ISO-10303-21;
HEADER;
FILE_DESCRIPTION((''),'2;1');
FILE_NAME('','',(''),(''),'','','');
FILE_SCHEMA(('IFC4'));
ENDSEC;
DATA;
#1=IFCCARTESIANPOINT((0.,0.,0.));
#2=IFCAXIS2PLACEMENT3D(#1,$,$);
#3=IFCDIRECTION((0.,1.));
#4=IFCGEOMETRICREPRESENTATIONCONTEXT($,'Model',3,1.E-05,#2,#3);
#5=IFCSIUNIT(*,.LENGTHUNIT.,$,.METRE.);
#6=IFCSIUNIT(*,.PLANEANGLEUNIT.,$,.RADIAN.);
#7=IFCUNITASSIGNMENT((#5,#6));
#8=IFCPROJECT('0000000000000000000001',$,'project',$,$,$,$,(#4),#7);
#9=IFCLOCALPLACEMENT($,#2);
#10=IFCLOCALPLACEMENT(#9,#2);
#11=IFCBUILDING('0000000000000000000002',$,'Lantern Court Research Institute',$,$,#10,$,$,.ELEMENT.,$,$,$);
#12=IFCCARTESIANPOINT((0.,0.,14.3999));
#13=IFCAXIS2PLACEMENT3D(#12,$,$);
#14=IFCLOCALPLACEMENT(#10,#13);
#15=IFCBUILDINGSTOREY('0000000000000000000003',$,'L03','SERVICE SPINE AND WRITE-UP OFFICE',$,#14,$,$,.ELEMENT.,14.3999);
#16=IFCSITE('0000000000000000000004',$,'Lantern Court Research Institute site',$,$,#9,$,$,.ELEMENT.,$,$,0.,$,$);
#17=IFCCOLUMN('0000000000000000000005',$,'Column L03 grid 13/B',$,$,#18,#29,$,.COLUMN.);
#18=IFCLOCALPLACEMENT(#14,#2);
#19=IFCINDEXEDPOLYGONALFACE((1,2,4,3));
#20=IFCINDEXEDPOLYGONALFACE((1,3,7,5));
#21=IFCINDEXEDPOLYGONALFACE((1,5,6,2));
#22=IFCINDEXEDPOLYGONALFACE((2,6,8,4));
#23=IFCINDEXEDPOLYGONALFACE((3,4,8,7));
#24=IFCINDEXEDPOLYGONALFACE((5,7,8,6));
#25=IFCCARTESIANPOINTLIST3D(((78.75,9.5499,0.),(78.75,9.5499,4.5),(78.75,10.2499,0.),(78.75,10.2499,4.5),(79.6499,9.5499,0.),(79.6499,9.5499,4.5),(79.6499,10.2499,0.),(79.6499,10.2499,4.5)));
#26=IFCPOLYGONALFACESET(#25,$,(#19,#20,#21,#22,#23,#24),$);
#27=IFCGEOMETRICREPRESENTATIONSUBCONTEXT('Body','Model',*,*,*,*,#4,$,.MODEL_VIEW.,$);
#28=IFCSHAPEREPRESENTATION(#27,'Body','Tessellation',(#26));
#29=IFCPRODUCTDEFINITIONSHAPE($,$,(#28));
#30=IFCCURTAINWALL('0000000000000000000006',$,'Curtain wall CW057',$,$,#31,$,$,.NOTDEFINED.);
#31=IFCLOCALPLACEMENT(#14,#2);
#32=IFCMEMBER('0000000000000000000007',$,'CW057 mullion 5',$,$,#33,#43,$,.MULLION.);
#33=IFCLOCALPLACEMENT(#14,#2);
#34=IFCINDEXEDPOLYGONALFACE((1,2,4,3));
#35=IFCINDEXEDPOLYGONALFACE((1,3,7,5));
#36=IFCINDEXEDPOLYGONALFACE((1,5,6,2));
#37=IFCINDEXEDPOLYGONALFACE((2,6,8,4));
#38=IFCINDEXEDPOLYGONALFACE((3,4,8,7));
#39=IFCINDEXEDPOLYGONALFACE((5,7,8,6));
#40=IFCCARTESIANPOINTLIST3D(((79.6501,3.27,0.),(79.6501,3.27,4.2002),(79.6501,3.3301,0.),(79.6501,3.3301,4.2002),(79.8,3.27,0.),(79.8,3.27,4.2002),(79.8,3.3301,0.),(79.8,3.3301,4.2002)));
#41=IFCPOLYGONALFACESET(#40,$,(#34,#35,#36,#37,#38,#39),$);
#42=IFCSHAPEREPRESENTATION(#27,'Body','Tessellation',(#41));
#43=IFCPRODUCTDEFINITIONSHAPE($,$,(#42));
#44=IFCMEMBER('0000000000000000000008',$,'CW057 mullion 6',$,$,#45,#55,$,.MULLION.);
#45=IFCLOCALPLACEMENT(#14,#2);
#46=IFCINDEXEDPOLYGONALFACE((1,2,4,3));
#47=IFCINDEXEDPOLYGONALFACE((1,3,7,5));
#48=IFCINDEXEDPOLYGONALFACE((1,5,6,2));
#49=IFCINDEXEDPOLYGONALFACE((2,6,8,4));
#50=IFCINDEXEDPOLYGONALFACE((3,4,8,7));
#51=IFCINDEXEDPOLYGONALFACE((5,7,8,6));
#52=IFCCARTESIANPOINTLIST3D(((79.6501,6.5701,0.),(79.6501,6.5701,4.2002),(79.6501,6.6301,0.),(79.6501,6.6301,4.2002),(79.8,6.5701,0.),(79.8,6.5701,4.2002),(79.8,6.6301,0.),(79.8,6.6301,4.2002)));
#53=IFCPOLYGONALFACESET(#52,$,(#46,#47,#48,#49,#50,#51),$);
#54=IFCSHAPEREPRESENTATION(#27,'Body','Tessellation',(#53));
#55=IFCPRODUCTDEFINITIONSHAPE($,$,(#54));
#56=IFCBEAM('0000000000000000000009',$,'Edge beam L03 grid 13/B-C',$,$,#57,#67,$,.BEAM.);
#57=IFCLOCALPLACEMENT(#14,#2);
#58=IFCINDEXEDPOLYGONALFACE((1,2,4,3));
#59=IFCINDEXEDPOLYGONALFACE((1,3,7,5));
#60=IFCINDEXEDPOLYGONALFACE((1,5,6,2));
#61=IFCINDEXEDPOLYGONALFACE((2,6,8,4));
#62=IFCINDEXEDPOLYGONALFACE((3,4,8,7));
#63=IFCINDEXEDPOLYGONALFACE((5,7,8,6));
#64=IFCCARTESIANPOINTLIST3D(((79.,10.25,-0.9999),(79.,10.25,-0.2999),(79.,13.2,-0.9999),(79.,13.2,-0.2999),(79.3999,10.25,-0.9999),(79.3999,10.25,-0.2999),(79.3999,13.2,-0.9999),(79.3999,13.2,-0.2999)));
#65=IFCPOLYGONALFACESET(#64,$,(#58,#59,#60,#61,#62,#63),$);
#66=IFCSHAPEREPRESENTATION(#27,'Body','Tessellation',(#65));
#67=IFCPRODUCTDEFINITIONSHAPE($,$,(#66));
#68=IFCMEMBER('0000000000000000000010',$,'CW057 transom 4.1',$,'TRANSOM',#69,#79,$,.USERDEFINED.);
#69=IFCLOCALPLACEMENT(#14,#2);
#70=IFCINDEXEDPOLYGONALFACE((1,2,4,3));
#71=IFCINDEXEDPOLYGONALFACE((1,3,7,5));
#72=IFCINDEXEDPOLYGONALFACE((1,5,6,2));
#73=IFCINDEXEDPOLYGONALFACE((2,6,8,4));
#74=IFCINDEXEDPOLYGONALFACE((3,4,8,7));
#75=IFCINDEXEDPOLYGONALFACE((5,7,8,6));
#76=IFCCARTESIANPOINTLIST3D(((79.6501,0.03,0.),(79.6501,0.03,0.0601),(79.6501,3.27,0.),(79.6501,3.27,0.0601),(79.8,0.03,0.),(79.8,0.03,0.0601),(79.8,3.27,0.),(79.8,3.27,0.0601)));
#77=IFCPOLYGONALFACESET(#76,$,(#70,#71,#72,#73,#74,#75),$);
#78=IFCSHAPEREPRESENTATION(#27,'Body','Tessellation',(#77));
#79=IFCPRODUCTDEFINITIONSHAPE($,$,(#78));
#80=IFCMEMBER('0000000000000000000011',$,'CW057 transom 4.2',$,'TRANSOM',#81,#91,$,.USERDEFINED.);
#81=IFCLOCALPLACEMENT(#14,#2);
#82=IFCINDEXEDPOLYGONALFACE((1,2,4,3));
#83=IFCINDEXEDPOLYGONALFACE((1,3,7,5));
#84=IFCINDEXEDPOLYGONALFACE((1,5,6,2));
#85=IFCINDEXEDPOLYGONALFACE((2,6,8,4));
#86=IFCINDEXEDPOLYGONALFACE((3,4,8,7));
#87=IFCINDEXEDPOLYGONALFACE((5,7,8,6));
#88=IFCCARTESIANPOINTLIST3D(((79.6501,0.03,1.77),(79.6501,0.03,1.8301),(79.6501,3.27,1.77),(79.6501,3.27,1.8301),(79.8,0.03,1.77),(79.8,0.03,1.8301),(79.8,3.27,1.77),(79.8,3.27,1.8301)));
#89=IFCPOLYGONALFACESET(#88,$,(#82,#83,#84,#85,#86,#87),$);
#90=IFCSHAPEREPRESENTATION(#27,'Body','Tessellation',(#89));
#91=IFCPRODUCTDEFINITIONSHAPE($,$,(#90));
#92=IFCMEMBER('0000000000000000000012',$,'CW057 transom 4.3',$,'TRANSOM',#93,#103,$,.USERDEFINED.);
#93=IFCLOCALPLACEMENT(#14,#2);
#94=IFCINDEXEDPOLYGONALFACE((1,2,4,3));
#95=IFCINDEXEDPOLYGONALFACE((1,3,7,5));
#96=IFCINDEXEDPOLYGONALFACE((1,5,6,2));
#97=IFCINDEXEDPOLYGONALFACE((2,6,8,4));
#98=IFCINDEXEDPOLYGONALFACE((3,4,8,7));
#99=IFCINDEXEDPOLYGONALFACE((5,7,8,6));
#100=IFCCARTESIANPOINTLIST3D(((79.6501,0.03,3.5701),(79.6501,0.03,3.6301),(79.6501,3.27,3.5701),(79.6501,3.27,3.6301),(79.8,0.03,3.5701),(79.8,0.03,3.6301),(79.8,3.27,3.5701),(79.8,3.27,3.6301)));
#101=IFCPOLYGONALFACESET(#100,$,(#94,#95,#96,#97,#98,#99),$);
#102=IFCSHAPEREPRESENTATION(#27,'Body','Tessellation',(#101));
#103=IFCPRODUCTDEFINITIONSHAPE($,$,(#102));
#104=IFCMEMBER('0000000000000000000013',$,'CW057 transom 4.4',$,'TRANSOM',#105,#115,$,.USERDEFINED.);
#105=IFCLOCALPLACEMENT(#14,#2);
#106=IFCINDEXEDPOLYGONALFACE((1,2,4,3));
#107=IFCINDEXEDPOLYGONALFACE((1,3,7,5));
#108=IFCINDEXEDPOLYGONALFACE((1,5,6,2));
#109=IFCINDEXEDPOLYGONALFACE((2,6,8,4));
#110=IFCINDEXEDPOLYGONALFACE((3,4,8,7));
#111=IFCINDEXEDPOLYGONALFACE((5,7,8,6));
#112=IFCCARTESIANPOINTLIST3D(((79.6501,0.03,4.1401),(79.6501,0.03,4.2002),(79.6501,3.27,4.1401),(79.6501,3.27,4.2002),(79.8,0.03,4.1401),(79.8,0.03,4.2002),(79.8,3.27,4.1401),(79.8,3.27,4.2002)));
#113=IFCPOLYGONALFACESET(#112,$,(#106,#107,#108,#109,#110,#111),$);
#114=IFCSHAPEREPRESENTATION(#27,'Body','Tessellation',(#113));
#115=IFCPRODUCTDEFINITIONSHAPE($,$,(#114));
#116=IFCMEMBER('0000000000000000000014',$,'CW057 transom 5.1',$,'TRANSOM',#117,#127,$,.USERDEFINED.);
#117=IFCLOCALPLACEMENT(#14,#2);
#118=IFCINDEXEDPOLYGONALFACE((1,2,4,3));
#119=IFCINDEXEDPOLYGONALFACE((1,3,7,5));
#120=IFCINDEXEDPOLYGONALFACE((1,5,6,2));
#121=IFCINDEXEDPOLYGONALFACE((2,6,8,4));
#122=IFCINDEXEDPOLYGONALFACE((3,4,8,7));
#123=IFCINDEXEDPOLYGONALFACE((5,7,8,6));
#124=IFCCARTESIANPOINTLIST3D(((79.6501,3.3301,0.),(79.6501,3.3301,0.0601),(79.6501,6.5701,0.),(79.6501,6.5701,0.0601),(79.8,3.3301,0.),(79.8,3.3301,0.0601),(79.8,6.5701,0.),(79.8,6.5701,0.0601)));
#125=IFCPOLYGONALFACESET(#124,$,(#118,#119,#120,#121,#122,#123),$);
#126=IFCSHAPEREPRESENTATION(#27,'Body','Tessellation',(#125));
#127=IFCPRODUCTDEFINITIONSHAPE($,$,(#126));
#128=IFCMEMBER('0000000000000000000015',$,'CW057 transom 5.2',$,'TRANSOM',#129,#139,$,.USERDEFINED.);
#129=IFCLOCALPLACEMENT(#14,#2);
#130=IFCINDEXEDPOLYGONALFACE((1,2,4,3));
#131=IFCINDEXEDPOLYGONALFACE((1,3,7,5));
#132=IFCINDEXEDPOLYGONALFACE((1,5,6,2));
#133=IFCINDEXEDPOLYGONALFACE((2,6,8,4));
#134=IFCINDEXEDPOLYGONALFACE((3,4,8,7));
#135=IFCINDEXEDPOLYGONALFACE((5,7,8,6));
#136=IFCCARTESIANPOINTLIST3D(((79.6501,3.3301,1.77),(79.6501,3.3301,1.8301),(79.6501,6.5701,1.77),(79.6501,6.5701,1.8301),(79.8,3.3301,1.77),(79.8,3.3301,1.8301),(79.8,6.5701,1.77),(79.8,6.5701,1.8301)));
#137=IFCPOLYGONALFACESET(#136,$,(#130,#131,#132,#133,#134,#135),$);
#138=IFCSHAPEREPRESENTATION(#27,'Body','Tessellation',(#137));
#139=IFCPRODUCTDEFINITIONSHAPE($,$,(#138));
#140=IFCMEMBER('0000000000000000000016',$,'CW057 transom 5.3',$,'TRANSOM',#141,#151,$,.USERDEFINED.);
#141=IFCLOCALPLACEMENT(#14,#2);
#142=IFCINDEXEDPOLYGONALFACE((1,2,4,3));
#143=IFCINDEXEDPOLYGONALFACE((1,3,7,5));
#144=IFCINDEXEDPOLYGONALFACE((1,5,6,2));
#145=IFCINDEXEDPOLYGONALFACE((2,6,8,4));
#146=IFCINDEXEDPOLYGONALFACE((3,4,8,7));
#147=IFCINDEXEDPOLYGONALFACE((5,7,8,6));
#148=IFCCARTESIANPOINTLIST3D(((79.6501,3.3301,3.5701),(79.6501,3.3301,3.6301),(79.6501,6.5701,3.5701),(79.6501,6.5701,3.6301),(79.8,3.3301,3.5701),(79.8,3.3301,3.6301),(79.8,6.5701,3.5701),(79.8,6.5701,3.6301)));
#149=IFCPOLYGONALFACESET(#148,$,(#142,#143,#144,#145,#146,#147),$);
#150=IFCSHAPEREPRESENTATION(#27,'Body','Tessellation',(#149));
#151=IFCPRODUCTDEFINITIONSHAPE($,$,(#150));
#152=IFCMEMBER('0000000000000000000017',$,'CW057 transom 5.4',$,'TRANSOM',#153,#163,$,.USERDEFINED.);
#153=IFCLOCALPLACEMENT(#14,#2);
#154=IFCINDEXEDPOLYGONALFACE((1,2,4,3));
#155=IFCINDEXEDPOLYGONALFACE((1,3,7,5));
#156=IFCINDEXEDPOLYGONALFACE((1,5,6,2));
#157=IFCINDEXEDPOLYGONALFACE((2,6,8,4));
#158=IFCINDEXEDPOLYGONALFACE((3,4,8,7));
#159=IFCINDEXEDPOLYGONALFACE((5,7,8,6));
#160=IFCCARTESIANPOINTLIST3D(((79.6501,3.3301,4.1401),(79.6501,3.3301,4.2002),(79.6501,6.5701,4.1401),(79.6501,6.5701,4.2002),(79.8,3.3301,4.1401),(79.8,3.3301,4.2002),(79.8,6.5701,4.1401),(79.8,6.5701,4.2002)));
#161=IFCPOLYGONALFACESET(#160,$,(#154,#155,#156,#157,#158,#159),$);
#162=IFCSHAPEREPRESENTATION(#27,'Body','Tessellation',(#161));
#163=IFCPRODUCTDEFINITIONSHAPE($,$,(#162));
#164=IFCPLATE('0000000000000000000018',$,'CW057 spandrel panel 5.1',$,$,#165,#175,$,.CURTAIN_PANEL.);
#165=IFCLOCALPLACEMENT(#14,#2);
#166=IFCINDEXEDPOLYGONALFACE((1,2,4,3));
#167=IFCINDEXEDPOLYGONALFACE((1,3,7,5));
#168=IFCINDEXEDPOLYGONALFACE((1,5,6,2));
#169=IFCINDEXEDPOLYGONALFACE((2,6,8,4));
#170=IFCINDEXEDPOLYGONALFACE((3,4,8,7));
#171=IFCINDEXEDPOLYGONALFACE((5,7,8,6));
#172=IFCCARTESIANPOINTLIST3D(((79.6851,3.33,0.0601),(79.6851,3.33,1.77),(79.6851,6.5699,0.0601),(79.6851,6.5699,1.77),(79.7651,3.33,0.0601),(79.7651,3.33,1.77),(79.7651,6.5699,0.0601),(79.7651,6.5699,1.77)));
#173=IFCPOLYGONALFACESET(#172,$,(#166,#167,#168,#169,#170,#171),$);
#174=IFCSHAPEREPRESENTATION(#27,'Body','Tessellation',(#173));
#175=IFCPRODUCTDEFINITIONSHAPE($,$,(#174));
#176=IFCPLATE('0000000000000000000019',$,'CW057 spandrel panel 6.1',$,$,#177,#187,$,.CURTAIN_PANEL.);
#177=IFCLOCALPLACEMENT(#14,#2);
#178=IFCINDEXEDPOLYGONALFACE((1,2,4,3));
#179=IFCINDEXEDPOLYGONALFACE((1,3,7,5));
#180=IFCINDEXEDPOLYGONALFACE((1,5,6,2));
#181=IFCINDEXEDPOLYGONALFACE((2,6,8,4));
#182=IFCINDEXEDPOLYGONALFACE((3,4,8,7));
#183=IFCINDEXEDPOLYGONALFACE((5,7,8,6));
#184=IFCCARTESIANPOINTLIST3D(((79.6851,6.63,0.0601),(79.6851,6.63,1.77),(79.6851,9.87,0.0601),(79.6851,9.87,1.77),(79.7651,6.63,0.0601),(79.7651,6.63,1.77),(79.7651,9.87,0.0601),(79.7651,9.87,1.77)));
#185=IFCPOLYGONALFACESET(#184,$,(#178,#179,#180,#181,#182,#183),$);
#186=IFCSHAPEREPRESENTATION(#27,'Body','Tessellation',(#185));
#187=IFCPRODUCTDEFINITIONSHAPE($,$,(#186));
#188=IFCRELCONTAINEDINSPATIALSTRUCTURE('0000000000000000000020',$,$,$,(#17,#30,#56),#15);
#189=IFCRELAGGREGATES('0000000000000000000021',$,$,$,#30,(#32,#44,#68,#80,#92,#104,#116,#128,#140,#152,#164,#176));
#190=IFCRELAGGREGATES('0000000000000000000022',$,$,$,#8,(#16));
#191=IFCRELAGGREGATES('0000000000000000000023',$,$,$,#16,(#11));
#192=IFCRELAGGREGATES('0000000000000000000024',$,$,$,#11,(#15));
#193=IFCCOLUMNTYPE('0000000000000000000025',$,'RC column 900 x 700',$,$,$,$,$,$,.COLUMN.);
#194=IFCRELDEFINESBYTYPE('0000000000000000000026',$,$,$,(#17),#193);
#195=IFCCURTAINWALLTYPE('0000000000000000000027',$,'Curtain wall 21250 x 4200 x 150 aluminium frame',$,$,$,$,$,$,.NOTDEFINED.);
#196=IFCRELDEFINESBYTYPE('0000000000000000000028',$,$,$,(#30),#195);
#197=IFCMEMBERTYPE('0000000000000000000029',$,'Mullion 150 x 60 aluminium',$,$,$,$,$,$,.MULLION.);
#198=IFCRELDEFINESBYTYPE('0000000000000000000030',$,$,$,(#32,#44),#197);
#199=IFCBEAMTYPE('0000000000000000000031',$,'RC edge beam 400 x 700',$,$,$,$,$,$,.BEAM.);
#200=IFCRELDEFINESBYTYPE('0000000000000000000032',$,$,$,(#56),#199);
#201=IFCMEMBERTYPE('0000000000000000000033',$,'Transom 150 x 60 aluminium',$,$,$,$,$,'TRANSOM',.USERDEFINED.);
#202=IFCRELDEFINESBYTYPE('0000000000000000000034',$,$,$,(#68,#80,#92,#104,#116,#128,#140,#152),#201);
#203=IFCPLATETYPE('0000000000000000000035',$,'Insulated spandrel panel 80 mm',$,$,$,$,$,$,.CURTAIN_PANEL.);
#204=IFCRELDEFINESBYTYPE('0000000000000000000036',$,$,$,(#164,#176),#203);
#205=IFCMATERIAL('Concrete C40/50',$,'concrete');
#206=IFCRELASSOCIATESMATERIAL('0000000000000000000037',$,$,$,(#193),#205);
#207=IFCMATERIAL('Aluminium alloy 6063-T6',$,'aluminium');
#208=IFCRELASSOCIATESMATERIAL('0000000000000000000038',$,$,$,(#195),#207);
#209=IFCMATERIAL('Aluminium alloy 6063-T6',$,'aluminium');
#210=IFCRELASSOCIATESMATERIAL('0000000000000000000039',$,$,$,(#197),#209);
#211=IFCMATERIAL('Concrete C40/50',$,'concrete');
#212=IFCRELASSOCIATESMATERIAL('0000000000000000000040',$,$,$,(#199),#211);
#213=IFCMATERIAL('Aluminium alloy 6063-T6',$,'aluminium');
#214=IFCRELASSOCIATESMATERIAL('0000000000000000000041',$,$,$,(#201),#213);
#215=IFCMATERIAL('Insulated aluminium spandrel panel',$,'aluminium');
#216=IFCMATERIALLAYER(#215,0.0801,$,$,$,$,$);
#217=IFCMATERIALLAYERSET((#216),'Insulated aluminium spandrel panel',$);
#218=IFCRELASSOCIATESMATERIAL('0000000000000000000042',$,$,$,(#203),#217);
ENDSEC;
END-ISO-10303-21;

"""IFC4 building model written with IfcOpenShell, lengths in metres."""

from ifc_helpers import new_model, si_unit, direction, frame, origin, origin_2d, place, context, subcontext, project, spatial, rectangle, extrude, material, layer, layer_set, material_profile, profile_set, type_object, element, aggregate, save


model = new_model("IFC4")

# Units and contexts
model_context = context("Model", 3, precision=1e-05, world=origin(), true_north=direction((0.0, 1.0)))
body_context = subcontext(model_context, "Body", "Model", "MODEL_VIEW")
ifc_project = project(units=[si_unit("LENGTHUNIT", "METRE"), si_unit("PLANEANGLEUNIT", "RADIAN")], contexts=[model_context])

# Site, building, storey
site_placement = place(None, origin())
site = spatial("IfcSite", under=ifc_project, at=site_placement, Name="Lantern Court Research Institute site", CompositionType="ELEMENT", RefElevation=0.0)
building_placement = place(site_placement, origin())
building = spatial("IfcBuilding", under=site, at=building_placement, Name="Lantern Court Research Institute", CompositionType="ELEMENT")
storey_placement = place(building_placement, frame((0.0, 0.0, 14.3999)))
storey = spatial("IfcBuildingStorey", under=building, at=storey_placement, Name="L03", Description="SERVICE SPINE AND WRITE-UP OFFICE", CompositionType="ELEMENT", Elevation=14.3999)

# Column
ifc_material_1 = material(Name="Concrete C40/50", Category="concrete")
ifc_material_profile_1 = material_profile(ifc_material_1, rectangle(XDim=0.8999, YDim=0.7, at=origin_2d()), Name="RC column 900 x 700")
ifc_profile_set_1 = profile_set([ifc_material_profile_1], Name="Concrete C40/50")
column_type = type_object("IfcColumnType", Name="RC column 900 x 700", PredefinedType="COLUMN", material=ifc_profile_set_1)
column_placement = place(storey_placement, frame((79.2, 9.8999, 0.0), z_axis=(0.0, 0.0, 1.0), x_axis=(1.0, 0.0, 0.0)))
element("IfcColumn", 1, at=column_placement, inside=storey, type_object=column_type, Name="Column L03 grid 13/B", PredefinedType="COLUMN", context=body_context, shape_type="SweptSolid", body=[
    extrude(rectangle(XDim=0.8999, YDim=0.7, at=origin_2d()), origin(), (0.0, 0.0, 1.0), 4.5),
])

# Curtain wall, members
ifc_material_2 = material(Name="Aluminium alloy 6063-T6", Category="aluminium")
curtain_wall_type = type_object("IfcCurtainWallType", Name="Curtain wall 21250 x 4200 x 150 aluminium frame", PredefinedType="NOTDEFINED", material=ifc_material_2)
curtain_wall_placement = place(storey_placement, origin())
curtain_wall = element("IfcCurtainWall", 2, at=curtain_wall_placement, inside=storey, type_object=curtain_wall_type, Name="Curtain wall CW057", PredefinedType="NOTDEFINED")
ifc_material_3 = material(Name="Aluminium alloy 6063-T6", Category="aluminium")
ifc_material_profile_2 = material_profile(ifc_material_3, rectangle(XDim=0.1499, YDim=0.0601, at=origin_2d()), Name="Mullion 150 x 60")
ifc_profile_set_2 = profile_set([ifc_material_profile_2], Name="Aluminium alloy 6063-T6")
member_type_1 = type_object("IfcMemberType", Name="Mullion 150 x 60 aluminium", PredefinedType="MULLION", material=ifc_profile_set_2)
member_1_placement = place(storey_placement, frame((79.7251, 3.3, 0.0), z_axis=(0.0, 0.0, 1.0), x_axis=(1.0, 0.0, 0.0)))
member_1 = element("IfcMember", 3, at=member_1_placement, type_object=member_type_1, Name="CW057 mullion 5", PredefinedType="MULLION", context=body_context, shape_type="SweptSolid", body=[
    extrude(rectangle(XDim=0.1499, YDim=0.0601, at=origin_2d()), origin(), (0.0, 0.0, 1.0), 4.2002),
])
member_2_placement = place(storey_placement, frame((79.7251, 6.6001, 0.0), z_axis=(0.0, 0.0, 1.0), x_axis=(1.0, 0.0, 0.0)))
member_2 = element("IfcMember", 4, at=member_2_placement, type_object=member_type_1, Name="CW057 mullion 6", PredefinedType="MULLION", context=body_context, shape_type="SweptSolid", body=[
    extrude(rectangle(XDim=0.1499, YDim=0.0601, at=origin_2d()), origin(), (0.0, 0.0, 1.0), 4.2002),
])

# Beam
ifc_material_4 = material(Name="Concrete C40/50", Category="concrete")
ifc_material_profile_3 = material_profile(ifc_material_4, rectangle(XDim=0.3999, YDim=0.7, at=origin_2d()), Name="RC beam 400 x 700")
ifc_profile_set_3 = profile_set([ifc_material_profile_3], Name="Concrete C40/50")
beam_type = type_object("IfcBeamType", Name="RC edge beam 400 x 700", PredefinedType="BEAM", material=ifc_profile_set_3)
beam_placement = place(storey_placement, frame((79.2, 10.25, -0.6499), z_axis=(0.0, 1.0, 0.0), x_axis=(-1.0, 0.0, 0.0)))
element("IfcBeam", 5, at=beam_placement, inside=storey, type_object=beam_type, Name="Edge beam L03 grid 13/B-C", PredefinedType="BEAM", context=body_context, shape_type="SweptSolid", body=[
    extrude(rectangle(XDim=0.3999, YDim=0.7, at=origin_2d()), origin(), (0.0, 0.0, 1.0), 2.95),
])

# Members
ifc_material_5 = material(Name="Aluminium alloy 6063-T6", Category="aluminium")
ifc_material_profile_4 = material_profile(ifc_material_5, rectangle(XDim=0.1499, YDim=0.0601, at=origin_2d()), Name="Transom 150 x 60")
ifc_profile_set_4 = profile_set([ifc_material_profile_4], Name="Aluminium alloy 6063-T6")
member_type_2 = type_object("IfcMemberType", Name="Transom 150 x 60 aluminium", ElementType="TRANSOM", PredefinedType="USERDEFINED", material=ifc_profile_set_4)
member_3_placement = place(storey_placement, frame((79.7251, 3.27, 0.03), z_axis=(0.0, -1.0, 0.0), x_axis=(1.0, 0.0, 0.0)))
member_3 = element("IfcMember", 6, at=member_3_placement, type_object=member_type_2, Name="CW057 transom 4.1", ObjectType="TRANSOM", PredefinedType="USERDEFINED", context=body_context, shape_type="SweptSolid", body=[
    extrude(rectangle(XDim=0.1499, YDim=0.0601, at=origin_2d()), origin(), (0.0, 0.0, 1.0), 3.24),
])
member_4_placement = place(storey_placement, frame((79.7251, 3.27, 1.8), z_axis=(0.0, -1.0, 0.0), x_axis=(1.0, 0.0, 0.0)))
member_4 = element("IfcMember", 7, at=member_4_placement, type_object=member_type_2, Name="CW057 transom 4.2", ObjectType="TRANSOM", PredefinedType="USERDEFINED", context=body_context, shape_type="SweptSolid", body=[
    extrude(rectangle(XDim=0.1499, YDim=0.0601, at=origin_2d()), origin(), (0.0, 0.0, 1.0), 3.24),
])
member_5_placement = place(storey_placement, frame((79.7251, 3.27, 3.6001), z_axis=(0.0, -1.0, 0.0), x_axis=(1.0, 0.0, 0.0)))
member_5 = element("IfcMember", 8, at=member_5_placement, type_object=member_type_2, Name="CW057 transom 4.3", ObjectType="TRANSOM", PredefinedType="USERDEFINED", context=body_context, shape_type="SweptSolid", body=[
    extrude(rectangle(XDim=0.1499, YDim=0.0601, at=origin_2d()), origin(), (0.0, 0.0, 1.0), 3.24),
])
member_6_placement = place(storey_placement, frame((79.7251, 3.27, 4.1702), z_axis=(0.0, -1.0, 0.0), x_axis=(1.0, 0.0, 0.0)))
member_6 = element("IfcMember", 9, at=member_6_placement, type_object=member_type_2, Name="CW057 transom 4.4", ObjectType="TRANSOM", PredefinedType="USERDEFINED", context=body_context, shape_type="SweptSolid", body=[
    extrude(rectangle(XDim=0.1499, YDim=0.0601, at=origin_2d()), origin(), (0.0, 0.0, 1.0), 3.24),
])
member_7_placement = place(storey_placement, frame((79.7251, 6.5701, 0.03), z_axis=(0.0, -1.0, 0.0), x_axis=(1.0, 0.0, 0.0)))
member_7 = element("IfcMember", 10, at=member_7_placement, type_object=member_type_2, Name="CW057 transom 5.1", ObjectType="TRANSOM", PredefinedType="USERDEFINED", context=body_context, shape_type="SweptSolid", body=[
    extrude(rectangle(XDim=0.1499, YDim=0.0601, at=origin_2d()), origin(), (0.0, 0.0, 1.0), 3.24),
])
member_8_placement = place(storey_placement, frame((79.7251, 6.5701, 1.8), z_axis=(0.0, -1.0, 0.0), x_axis=(1.0, 0.0, 0.0)))
member_8 = element("IfcMember", 11, at=member_8_placement, type_object=member_type_2, Name="CW057 transom 5.2", ObjectType="TRANSOM", PredefinedType="USERDEFINED", context=body_context, shape_type="SweptSolid", body=[
    extrude(rectangle(XDim=0.1499, YDim=0.0601, at=origin_2d()), origin(), (0.0, 0.0, 1.0), 3.24),
])
member_9_placement = place(storey_placement, frame((79.7251, 6.5701, 3.6001), z_axis=(0.0, -1.0, 0.0), x_axis=(1.0, 0.0, 0.0)))
member_9 = element("IfcMember", 12, at=member_9_placement, type_object=member_type_2, Name="CW057 transom 5.3", ObjectType="TRANSOM", PredefinedType="USERDEFINED", context=body_context, shape_type="SweptSolid", body=[
    extrude(rectangle(XDim=0.1499, YDim=0.0601, at=origin_2d()), origin(), (0.0, 0.0, 1.0), 3.24),
])
member_10_placement = place(storey_placement, frame((79.7251, 6.5701, 4.1702), z_axis=(0.0, -1.0, 0.0), x_axis=(1.0, 0.0, 0.0)))
member_10 = element("IfcMember", 13, at=member_10_placement, type_object=member_type_2, Name="CW057 transom 5.4", ObjectType="TRANSOM", PredefinedType="USERDEFINED", context=body_context, shape_type="SweptSolid", body=[
    extrude(rectangle(XDim=0.1499, YDim=0.0601, at=origin_2d()), origin(), (0.0, 0.0, 1.0), 3.24),
])

# Plates
ifc_material_6 = material(Name="Insulated aluminium spandrel panel", Category="aluminium")
ifc_layer_1 = layer(ifc_material_6, 0.0801)
ifc_layer_set_1 = layer_set([ifc_layer_1], Name="Insulated aluminium spandrel panel")
plate_type_1 = type_object("IfcPlateType", Name="Insulated spandrel panel 80 mm", PredefinedType="CURTAIN_PANEL", material=ifc_layer_set_1)
plate_1_placement = place(storey_placement, frame((79.7251, 4.95, 0.0601), z_axis=(0.0, 0.0, 1.0), x_axis=(0.0, -1.0, 0.0)))
plate_1 = element("IfcPlate", 14, at=plate_1_placement, type_object=plate_type_1, Name="CW057 spandrel panel 5.1", PredefinedType="CURTAIN_PANEL", context=body_context, shape_type="SweptSolid", body=[
    extrude(rectangle(XDim=3.24, YDim=0.0801, at=origin_2d()), origin(), (0.0, 0.0, 1.0), 1.71),
])
plate_2_placement = place(storey_placement, frame((79.7251, 8.25, 0.0601), z_axis=(0.0, 0.0, 1.0), x_axis=(0.0, -1.0, 0.0)))
plate_2 = element("IfcPlate", 15, at=plate_2_placement, type_object=plate_type_1, Name="CW057 spandrel panel 6.1", PredefinedType="CURTAIN_PANEL", context=body_context, shape_type="SweptSolid", body=[
    extrude(rectangle(XDim=3.24, YDim=0.0801, at=origin_2d()), origin(), (0.0, 0.0, 1.0), 1.71),
])
aggregate(curtain_wall, [member_1, member_2, member_3, member_4, member_5, member_6, member_7, member_8, member_9, member_10, plate_1, plate_2])

save(model, "model.ifc")
